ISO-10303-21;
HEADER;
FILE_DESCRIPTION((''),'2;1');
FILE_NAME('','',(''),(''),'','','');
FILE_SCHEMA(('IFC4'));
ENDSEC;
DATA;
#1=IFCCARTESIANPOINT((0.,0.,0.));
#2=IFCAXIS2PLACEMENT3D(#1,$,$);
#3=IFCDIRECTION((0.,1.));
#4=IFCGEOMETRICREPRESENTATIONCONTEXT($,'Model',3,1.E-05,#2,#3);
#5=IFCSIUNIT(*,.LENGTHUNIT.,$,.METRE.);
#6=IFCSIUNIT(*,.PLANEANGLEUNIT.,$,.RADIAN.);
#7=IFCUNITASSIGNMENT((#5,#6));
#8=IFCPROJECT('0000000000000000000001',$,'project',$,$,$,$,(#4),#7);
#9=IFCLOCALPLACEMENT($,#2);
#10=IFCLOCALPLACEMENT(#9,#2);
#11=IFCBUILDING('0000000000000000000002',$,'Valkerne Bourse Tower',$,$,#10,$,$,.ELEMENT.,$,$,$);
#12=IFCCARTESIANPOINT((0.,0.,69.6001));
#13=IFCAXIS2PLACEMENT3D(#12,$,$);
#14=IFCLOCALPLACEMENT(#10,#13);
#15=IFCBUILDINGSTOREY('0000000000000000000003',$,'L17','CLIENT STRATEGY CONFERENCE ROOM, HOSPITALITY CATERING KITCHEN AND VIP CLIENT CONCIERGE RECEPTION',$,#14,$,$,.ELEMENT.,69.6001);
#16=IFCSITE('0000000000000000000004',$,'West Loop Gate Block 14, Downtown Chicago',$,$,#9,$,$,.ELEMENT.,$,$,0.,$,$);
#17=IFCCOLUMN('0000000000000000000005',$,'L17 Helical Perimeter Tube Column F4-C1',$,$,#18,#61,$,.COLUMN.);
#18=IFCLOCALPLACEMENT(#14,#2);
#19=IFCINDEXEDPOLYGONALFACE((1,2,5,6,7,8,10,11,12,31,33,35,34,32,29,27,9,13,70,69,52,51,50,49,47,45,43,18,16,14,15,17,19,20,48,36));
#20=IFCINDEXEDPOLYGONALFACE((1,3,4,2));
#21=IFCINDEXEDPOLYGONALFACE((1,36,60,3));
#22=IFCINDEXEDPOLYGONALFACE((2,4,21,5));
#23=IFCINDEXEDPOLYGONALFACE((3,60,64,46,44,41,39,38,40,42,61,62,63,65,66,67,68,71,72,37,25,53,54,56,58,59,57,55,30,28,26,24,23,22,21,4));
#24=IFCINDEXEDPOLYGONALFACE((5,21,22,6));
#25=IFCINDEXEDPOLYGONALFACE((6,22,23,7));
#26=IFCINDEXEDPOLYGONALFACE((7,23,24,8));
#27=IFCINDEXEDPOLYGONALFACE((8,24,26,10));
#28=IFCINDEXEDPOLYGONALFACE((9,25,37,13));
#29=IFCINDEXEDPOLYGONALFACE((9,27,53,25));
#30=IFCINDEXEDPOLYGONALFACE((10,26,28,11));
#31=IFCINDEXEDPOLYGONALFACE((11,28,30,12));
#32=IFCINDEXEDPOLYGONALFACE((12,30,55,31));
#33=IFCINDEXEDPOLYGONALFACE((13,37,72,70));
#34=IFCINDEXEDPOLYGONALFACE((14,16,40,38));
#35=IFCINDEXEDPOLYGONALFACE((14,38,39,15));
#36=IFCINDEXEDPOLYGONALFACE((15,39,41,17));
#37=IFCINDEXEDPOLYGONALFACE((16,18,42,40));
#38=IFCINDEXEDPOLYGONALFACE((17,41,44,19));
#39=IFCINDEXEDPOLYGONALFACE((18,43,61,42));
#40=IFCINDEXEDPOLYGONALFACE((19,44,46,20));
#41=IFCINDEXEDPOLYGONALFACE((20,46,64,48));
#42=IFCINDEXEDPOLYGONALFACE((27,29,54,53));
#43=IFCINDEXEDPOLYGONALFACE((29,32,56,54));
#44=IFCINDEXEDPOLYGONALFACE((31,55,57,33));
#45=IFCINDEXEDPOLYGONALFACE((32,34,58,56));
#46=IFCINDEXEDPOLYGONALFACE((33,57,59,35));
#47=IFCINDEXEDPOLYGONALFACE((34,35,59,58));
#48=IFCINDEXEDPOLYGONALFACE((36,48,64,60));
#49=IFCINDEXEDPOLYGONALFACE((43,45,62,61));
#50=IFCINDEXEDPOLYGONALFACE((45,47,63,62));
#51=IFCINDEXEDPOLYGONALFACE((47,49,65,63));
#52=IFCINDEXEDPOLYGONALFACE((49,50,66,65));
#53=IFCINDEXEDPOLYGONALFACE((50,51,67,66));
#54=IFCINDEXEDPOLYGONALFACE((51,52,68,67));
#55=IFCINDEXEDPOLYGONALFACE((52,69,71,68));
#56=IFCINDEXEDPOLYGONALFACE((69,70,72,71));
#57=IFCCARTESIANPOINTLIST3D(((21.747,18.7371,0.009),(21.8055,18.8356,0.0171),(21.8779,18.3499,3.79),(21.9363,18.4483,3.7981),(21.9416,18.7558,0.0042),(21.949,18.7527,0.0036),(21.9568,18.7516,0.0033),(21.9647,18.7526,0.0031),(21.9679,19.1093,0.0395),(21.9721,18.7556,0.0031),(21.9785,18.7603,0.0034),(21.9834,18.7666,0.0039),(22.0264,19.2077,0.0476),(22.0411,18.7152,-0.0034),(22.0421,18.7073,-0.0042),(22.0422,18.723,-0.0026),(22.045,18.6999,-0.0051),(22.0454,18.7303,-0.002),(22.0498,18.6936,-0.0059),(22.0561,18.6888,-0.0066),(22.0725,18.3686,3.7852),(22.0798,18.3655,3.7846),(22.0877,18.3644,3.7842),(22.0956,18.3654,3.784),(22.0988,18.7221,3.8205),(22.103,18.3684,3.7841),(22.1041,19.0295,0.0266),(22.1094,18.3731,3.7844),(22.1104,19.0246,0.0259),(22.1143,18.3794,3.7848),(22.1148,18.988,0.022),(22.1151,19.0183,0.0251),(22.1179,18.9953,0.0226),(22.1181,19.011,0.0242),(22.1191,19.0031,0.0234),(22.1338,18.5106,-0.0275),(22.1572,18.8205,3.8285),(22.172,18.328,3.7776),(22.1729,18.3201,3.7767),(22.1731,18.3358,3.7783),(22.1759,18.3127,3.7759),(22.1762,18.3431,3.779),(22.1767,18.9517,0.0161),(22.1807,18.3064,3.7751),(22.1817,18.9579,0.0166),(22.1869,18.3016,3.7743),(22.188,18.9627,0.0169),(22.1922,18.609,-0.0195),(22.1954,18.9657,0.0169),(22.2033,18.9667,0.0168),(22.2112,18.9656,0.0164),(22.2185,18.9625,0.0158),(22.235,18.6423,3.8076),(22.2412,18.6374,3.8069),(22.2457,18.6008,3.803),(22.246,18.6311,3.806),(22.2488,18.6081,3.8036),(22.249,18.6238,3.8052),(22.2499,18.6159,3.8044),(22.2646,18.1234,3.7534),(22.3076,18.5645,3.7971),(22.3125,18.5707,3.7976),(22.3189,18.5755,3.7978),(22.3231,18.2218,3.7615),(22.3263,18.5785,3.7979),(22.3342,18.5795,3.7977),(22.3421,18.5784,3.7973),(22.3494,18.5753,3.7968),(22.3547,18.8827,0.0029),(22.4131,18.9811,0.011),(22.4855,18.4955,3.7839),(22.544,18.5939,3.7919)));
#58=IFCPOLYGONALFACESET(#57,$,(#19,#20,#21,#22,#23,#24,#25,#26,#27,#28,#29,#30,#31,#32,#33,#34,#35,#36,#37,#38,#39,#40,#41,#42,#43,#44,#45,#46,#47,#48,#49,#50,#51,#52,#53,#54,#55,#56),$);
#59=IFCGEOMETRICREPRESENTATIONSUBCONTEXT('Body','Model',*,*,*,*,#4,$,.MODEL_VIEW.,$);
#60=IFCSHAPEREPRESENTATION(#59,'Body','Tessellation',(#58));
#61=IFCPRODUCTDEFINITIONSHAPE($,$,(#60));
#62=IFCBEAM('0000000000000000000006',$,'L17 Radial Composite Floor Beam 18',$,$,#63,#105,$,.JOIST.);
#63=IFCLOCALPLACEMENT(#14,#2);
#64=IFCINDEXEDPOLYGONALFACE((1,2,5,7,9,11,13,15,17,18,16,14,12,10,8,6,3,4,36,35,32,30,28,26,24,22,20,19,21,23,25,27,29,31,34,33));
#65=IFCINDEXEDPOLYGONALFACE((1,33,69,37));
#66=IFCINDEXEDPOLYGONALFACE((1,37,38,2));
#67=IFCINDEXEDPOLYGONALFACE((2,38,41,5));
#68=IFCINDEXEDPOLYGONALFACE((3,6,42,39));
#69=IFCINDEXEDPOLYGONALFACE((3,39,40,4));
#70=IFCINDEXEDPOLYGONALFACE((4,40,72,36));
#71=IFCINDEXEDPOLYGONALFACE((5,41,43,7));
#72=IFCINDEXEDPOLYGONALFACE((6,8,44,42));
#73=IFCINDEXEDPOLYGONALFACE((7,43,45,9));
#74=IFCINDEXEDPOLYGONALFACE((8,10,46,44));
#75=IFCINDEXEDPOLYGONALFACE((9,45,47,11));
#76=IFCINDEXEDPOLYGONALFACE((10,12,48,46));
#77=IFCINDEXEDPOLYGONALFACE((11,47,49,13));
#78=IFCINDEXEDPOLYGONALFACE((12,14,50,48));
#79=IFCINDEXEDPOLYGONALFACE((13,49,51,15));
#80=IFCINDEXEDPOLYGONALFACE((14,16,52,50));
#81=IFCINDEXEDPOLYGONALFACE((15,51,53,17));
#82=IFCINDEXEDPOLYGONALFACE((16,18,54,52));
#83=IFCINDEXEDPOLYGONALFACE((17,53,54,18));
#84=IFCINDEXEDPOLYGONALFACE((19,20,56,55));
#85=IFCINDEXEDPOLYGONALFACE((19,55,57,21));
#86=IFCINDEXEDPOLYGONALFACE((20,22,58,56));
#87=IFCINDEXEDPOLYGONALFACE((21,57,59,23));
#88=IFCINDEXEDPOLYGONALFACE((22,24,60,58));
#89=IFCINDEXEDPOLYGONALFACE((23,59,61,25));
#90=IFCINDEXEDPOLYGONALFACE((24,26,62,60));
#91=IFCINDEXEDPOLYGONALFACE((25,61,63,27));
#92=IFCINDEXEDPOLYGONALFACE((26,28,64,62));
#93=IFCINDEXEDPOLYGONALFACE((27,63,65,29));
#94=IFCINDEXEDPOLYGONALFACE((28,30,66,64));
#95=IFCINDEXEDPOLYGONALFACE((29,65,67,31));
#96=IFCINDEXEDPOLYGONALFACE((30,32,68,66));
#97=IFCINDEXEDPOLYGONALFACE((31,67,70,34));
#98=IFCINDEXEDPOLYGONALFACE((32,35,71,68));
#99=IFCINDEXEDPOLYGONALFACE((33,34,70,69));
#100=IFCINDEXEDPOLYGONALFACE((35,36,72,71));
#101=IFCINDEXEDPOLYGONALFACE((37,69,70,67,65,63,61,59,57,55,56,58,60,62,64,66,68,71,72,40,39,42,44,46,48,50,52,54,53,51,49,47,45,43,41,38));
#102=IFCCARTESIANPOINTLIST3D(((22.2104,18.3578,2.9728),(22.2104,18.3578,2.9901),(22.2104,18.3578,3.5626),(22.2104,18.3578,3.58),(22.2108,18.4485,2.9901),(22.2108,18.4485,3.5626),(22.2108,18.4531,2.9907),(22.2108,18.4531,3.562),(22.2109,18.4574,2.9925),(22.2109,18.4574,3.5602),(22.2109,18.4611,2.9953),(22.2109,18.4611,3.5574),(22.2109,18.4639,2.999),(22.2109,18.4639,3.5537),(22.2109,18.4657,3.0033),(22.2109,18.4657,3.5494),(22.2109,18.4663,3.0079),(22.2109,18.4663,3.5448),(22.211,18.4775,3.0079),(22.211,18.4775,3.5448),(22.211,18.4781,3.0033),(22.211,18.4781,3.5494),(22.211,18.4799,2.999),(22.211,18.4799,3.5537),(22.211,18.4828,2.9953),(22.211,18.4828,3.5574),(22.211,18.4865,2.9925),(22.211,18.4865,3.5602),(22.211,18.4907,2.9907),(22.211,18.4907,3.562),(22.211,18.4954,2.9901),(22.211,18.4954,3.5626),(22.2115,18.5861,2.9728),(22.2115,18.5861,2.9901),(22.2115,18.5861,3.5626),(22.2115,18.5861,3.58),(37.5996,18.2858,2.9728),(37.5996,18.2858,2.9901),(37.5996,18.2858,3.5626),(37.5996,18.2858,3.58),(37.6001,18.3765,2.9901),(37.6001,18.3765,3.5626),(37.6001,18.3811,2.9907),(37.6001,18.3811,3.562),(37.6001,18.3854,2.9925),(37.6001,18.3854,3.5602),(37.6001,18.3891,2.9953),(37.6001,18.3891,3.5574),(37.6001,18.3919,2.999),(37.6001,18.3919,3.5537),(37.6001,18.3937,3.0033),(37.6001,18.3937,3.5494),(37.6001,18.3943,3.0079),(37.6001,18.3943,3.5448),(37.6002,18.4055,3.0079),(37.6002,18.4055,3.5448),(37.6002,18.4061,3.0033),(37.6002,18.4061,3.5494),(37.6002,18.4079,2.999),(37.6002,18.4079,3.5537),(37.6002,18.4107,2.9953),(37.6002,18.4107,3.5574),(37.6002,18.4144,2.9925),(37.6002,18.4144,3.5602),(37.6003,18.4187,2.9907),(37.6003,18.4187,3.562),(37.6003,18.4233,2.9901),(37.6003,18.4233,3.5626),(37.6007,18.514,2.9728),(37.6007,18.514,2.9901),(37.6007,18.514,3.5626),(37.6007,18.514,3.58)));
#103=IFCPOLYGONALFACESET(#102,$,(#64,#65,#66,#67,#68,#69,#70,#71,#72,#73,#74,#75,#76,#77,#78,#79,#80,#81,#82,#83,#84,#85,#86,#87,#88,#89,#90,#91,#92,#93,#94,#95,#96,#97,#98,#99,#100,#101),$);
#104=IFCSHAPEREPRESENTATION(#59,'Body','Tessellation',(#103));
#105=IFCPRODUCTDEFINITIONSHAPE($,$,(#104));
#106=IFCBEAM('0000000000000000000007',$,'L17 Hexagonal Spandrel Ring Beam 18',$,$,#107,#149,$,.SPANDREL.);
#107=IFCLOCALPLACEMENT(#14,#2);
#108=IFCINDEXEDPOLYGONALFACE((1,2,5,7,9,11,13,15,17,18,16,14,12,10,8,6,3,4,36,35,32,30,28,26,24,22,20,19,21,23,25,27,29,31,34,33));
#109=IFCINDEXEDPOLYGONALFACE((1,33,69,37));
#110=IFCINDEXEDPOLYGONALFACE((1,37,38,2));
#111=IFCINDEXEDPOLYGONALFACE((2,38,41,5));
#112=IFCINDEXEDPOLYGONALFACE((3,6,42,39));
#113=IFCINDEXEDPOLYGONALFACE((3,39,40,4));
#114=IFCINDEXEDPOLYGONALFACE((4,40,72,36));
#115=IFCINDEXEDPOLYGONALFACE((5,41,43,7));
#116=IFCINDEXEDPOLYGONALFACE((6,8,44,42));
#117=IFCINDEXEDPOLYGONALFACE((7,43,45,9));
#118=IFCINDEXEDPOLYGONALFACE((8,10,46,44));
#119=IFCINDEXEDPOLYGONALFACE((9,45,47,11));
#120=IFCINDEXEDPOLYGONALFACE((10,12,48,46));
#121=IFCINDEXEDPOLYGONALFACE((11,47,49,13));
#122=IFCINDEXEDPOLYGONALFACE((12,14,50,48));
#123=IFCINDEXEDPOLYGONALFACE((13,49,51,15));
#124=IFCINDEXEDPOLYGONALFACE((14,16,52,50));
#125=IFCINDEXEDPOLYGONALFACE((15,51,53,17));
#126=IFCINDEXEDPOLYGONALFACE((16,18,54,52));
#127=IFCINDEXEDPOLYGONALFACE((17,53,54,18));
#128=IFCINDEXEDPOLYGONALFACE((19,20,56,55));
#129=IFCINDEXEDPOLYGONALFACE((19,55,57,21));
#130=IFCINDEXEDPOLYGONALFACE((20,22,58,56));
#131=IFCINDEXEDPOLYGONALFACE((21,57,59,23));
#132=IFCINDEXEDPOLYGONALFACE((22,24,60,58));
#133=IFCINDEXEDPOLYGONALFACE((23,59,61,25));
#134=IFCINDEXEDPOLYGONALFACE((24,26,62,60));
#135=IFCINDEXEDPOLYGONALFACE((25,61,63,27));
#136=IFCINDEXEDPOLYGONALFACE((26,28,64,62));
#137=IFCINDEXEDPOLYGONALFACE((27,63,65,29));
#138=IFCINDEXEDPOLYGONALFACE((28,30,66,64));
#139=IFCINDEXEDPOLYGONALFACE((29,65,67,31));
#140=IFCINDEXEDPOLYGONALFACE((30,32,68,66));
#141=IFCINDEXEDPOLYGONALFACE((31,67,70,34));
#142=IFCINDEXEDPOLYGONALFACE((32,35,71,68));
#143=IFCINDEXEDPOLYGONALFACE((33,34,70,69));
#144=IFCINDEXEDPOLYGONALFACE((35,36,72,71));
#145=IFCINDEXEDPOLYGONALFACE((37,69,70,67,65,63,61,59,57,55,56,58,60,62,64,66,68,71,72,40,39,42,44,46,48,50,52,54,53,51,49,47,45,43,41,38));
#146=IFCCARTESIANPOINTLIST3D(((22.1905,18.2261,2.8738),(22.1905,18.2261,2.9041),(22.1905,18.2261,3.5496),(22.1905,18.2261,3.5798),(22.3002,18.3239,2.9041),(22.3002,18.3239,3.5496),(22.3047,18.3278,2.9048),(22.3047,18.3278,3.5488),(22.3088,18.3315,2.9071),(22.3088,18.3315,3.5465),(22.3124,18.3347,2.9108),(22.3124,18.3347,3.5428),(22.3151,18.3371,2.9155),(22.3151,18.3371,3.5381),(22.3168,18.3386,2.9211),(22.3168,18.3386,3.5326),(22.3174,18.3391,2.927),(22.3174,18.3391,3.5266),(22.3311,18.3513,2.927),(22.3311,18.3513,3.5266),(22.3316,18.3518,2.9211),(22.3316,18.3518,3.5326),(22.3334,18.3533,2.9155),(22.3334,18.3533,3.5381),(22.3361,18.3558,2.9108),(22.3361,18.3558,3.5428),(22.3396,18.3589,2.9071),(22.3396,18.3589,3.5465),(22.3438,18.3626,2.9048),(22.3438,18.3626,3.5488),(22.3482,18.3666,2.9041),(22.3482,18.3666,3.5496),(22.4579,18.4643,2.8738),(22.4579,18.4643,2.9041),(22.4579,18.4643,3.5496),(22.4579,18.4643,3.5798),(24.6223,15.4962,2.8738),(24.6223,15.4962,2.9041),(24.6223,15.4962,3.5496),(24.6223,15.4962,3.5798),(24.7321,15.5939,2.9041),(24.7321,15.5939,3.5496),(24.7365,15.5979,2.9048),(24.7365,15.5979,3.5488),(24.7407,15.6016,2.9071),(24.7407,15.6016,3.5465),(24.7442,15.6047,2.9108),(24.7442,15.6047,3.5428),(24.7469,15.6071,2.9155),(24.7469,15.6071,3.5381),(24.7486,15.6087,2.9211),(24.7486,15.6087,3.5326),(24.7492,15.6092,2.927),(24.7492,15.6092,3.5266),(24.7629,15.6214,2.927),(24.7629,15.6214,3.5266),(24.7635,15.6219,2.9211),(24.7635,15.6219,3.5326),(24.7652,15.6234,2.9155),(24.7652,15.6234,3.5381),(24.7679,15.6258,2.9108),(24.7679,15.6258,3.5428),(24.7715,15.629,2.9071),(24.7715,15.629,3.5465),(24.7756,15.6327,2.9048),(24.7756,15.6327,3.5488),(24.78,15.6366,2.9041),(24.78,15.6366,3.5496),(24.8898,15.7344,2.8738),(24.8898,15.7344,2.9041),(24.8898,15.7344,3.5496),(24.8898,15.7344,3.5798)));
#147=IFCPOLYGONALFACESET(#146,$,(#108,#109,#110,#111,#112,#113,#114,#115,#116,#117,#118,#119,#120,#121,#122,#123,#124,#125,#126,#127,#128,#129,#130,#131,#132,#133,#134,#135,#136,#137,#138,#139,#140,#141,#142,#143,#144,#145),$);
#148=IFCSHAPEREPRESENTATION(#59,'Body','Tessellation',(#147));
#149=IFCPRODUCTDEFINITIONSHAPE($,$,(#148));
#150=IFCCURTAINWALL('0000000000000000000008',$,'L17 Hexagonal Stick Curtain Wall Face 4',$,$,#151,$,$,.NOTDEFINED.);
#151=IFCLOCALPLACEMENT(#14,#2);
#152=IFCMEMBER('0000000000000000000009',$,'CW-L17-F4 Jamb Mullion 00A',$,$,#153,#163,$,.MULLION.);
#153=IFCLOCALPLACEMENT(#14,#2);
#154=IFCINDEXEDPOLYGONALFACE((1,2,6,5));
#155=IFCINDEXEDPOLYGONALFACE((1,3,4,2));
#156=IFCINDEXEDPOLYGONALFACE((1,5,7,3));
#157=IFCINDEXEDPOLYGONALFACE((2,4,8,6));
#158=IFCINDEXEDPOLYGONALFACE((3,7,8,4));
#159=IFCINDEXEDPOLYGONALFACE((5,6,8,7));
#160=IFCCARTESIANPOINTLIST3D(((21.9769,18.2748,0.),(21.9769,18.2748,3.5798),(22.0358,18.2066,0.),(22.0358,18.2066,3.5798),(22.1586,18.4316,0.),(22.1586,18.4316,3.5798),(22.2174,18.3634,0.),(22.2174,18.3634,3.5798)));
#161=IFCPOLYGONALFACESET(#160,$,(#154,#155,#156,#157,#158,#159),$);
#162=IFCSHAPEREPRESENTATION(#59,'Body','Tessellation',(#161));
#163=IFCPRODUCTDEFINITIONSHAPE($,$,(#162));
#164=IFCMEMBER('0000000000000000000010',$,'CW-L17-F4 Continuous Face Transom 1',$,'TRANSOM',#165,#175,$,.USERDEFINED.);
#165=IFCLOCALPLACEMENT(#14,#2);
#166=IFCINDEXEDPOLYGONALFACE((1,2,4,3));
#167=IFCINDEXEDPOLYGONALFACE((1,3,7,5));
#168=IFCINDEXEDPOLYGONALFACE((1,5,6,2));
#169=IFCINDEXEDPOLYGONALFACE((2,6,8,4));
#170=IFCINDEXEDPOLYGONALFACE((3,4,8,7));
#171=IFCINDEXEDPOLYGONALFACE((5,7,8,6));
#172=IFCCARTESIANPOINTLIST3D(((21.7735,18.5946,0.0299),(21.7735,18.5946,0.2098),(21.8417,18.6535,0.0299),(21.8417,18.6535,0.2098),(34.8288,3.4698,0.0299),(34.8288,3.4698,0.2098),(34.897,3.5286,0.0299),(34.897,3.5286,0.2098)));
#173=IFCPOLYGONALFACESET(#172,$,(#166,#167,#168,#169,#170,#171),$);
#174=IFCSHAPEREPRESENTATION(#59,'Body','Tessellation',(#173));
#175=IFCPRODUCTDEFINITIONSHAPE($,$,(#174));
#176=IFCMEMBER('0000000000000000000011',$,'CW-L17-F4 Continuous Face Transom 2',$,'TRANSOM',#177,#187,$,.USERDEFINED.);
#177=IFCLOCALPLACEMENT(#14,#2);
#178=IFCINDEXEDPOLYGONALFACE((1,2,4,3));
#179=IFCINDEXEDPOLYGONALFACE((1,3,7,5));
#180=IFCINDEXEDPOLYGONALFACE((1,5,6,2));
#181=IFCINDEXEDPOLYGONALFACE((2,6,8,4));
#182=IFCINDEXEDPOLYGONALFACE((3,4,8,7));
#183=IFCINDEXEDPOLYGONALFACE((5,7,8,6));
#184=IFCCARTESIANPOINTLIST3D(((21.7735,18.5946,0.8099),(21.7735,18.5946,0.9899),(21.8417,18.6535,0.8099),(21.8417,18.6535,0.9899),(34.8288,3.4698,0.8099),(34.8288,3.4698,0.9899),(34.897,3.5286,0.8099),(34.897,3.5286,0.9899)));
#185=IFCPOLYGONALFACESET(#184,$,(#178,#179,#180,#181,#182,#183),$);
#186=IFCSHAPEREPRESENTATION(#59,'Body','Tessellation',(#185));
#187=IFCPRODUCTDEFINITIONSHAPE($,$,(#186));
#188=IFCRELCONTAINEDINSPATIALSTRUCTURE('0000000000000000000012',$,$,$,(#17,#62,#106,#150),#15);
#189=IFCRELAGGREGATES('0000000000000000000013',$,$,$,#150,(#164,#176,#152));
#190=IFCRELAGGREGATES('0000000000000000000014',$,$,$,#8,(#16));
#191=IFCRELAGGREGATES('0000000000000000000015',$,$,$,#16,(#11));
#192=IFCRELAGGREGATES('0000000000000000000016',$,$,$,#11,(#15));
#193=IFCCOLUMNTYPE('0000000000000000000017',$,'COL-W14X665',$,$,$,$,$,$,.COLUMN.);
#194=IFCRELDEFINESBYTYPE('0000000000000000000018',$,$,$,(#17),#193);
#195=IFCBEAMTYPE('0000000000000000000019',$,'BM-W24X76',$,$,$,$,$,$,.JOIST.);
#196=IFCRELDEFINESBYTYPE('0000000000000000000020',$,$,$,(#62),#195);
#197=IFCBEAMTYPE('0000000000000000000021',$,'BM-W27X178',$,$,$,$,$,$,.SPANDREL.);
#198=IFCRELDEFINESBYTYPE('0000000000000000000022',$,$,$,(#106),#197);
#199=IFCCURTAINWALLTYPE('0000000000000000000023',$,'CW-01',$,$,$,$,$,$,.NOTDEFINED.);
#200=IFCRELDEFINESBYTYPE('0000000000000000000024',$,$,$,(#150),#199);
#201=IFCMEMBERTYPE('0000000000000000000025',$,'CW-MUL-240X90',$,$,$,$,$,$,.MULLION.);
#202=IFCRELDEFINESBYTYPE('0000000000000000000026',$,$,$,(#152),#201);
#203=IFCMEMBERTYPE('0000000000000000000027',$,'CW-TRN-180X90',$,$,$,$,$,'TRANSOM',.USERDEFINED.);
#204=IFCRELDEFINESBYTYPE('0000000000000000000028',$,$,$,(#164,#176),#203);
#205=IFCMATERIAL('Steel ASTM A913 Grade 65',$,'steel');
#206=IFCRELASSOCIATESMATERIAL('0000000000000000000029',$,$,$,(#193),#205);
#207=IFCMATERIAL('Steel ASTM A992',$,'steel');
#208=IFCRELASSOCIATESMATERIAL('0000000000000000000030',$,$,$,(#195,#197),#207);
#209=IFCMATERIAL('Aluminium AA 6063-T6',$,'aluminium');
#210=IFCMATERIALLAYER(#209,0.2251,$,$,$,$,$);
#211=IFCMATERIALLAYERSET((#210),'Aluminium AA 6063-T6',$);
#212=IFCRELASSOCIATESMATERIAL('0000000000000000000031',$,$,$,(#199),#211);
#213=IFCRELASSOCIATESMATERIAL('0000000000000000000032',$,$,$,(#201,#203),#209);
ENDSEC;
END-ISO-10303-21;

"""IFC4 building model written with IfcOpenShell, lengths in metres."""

from ifc_helpers import new_model, si_unit, direction, frame, origin, origin_2d, place, context, subcontext, project, spatial, rectangle, i_section, extrude, material, layer, layer_set, material_profile, profile_set, type_object, element, aggregate, save


model = new_model("IFC4")

# Units and contexts
model_context = context("Model", 3, precision=1e-05, world=origin(), true_north=direction((0.0, 1.0)))
body_context = subcontext(model_context, "Body", "Model", "MODEL_VIEW")
ifc_project = project(units=[si_unit("LENGTHUNIT", "METRE"), si_unit("PLANEANGLEUNIT", "RADIAN")], contexts=[model_context])

# Site, building, storey
site_placement = place(None, origin())
site = spatial("IfcSite", under=ifc_project, at=site_placement, Name="West Loop Gate Block 14, Downtown Chicago", CompositionType="ELEMENT", RefElevation=0.0)
building_placement = place(site_placement, origin())
building = spatial("IfcBuilding", under=site, at=building_placement, Name="Valkerne Bourse Tower", CompositionType="ELEMENT")
storey_placement = place(building_placement, frame((0.0, 0.0, 69.6001)))
storey = spatial("IfcBuildingStorey", under=building, at=storey_placement, Name="L17", Description="CLIENT STRATEGY CONFERENCE ROOM, HOSPITALITY CATERING KITCHEN AND VIP CLIENT CONCIERGE RECEPTION", CompositionType="ELEMENT", Elevation=69.6001)

# Column
ifc_material_1 = material(Name="Steel ASTM A913 Grade 65", Category="steel")
ifc_material_profile_1 = material_profile(ifc_material_1, i_section(OverallWidth=0.4497, OverallDepth=0.5486, WebThickness=0.072, FlangeThickness=0.1147, FilletRadius=0.0305, at=origin_2d()), Name="W14X665")
ifc_profile_set_1 = profile_set([ifc_material_profile_1], Name="Steel ASTM A913 Grade 65")
column_type = type_object("IfcColumnType", Name="COL-W14X665", PredefinedType="COLUMN", material=ifc_profile_set_1)
column_placement = place(storey_placement, frame((22.0801, 18.8591, 0.01), z_axis=(0.034409, -0.101815, 0.994208), x_axis=(0.859987, -0.50379, -0.081356)))
element("IfcColumn", 1, at=column_placement, inside=storey, type_object=column_type, Name="L17 Helical Perimeter Tube Column F4-C1", PredefinedType="COLUMN", context=body_context, shape_type="SweptSolid", body=[
    extrude(i_section(OverallWidth=0.4497, OverallDepth=0.5486, WebThickness=0.072, FlangeThickness=0.1147, FilletRadius=0.0305, at=origin_2d()), origin(), (0.0, 0.0, 1.0), 3.803),
])

# Beams
ifc_material_2 = material(Name="Steel ASTM A992", Category="steel")
ifc_material_profile_2 = material_profile(ifc_material_2, i_section(OverallWidth=0.2283, OverallDepth=0.6072, WebThickness=0.0112, FlangeThickness=0.0173, FilletRadius=0.0178, at=origin_2d()), Name="W24X76")
ifc_profile_set_2 = profile_set([ifc_material_profile_2], Name="Steel ASTM A992")
beam_type_1 = type_object("IfcBeamType", Name="BM-W24X76", PredefinedType="JOIST", material=ifc_profile_set_2)
beam_1_placement = place(storey_placement, frame((22.2109, 18.4719, 3.2764), z_axis=(0.999989, -0.00468, 0.0), x_axis=(0.00468, 0.999989, 0.0)))
element("IfcBeam", 2, at=beam_1_placement, inside=storey, type_object=beam_type_1, Name="L17 Radial Composite Floor Beam 18", PredefinedType="JOIST", context=body_context, shape_type="SweptSolid", body=[
    extrude(i_section(OverallWidth=0.2283, OverallDepth=0.6072, WebThickness=0.0112, FlangeThickness=0.0173, FilletRadius=0.0178, at=origin_2d()), origin(), (0.0, 0.0, 1.0), 15.3894),
])
ifc_material_profile_3 = material_profile(ifc_material_2, i_section(OverallWidth=0.3582, OverallDepth=0.7061, WebThickness=0.0183, FlangeThickness=0.0303, FilletRadius=0.0229, at=origin_2d()), Name="W27X178")
ifc_profile_set_3 = profile_set([ifc_material_profile_3], Name="Steel ASTM A992")
beam_type_2 = type_object("IfcBeamType", Name="BM-W27X178", PredefinedType="SPANDREL", material=ifc_profile_set_3)
beam_2_placement = place(storey_placement, frame((22.3242, 18.3452, 3.2268), z_axis=(0.665163, -0.746698, 0.0), x_axis=(0.746698, 0.665163, 0.0)))
element("IfcBeam", 3, at=beam_2_placement, inside=storey, type_object=beam_type_2, Name="L17 Hexagonal Spandrel Ring Beam 18", PredefinedType="SPANDREL", context=body_context, shape_type="SweptSolid", body=[
    extrude(i_section(OverallWidth=0.3582, OverallDepth=0.7061, WebThickness=0.0183, FlangeThickness=0.0303, FilletRadius=0.0229, at=origin_2d()), origin(), (0.0, 0.0, 1.0), 3.656),
])

# Curtain wall, members
ifc_material_3 = material(Name="Aluminium AA 6063-T6", Category="aluminium")
ifc_layer_1 = layer(ifc_material_3, 0.2251)
ifc_layer_set_1 = layer_set([ifc_layer_1], Name="Aluminium AA 6063-T6")
curtain_wall_type = type_object("IfcCurtainWallType", Name="CW-01", PredefinedType="NOTDEFINED", material=ifc_layer_set_1)
curtain_wall_placement = place(storey_placement, origin())
curtain_wall = element("IfcCurtainWall", 4, at=curtain_wall_placement, inside=storey, type_object=curtain_wall_type, Name="L17 Hexagonal Stick Curtain Wall Face 4", PredefinedType="NOTDEFINED")
ifc_material_profile_4 = material_profile(ifc_material_3, rectangle(XDim=0.0901, YDim=0.24, at=origin_2d()), Name="CWM-90X240")
ifc_profile_set_4 = profile_set([ifc_material_profile_4], Name="Aluminium AA 6063-T6")
member_type_1 = type_object("IfcMemberType", Name="CW-MUL-240X90", PredefinedType="MULLION", material=ifc_profile_set_4)
member_1_placement = place(storey_placement, frame((22.0972, 18.3191, 0.0), z_axis=(0.0, 0.0, 1.0), x_axis=(0.653417, -0.756998, 0.0)))
member_1 = element("IfcMember", 5, at=member_1_placement, type_object=member_type_1, Name="CW-L17-F4 Jamb Mullion 00A", PredefinedType="MULLION", context=body_context, shape_type="SweptSolid", body=[
    extrude(rectangle(XDim=0.0901, YDim=0.24, at=origin_2d()), origin(), (0.0, 0.0, 1.0), 3.5798),
])
ifc_material_profile_5 = material_profile(ifc_material_3, rectangle(XDim=0.0901, YDim=0.1799, at=origin_2d()), Name="CWT-90X180")
ifc_profile_set_5 = profile_set([ifc_material_profile_5], Name="Aluminium AA 6063-T6")
member_type_2 = type_object("IfcMemberType", Name="CW-TRN-180X90", ElementType="TRANSOM", PredefinedType="USERDEFINED", material=ifc_profile_set_5)
member_2_placement = place(storey_placement, frame((21.8076, 18.624, 0.1199), z_axis=(0.653416, -0.756999, 0.0), x_axis=(0.756999, 0.653416, 0.0)))
member_2 = element("IfcMember", 6, at=member_2_placement, type_object=member_type_2, Name="CW-L17-F4 Continuous Face Transom 1", ObjectType="TRANSOM", PredefinedType="USERDEFINED", context=body_context, shape_type="SweptSolid", body=[
    extrude(rectangle(XDim=0.0901, YDim=0.1799, at=origin_2d()), origin(), (0.0, 0.0, 1.0), 19.98),
])
member_3_placement = place(storey_placement, frame((21.8076, 18.624, 0.8999), z_axis=(0.653416, -0.756999, 0.0), x_axis=(0.756999, 0.653416, 0.0)))
member_3 = element("IfcMember", 7, at=member_3_placement, type_object=member_type_2, Name="CW-L17-F4 Continuous Face Transom 2", ObjectType="TRANSOM", PredefinedType="USERDEFINED", context=body_context, shape_type="SweptSolid", body=[
    extrude(rectangle(XDim=0.0901, YDim=0.1799, at=origin_2d()), origin(), (0.0, 0.0, 1.0), 19.98),
])

aggregate(curtain_wall, [member_2, member_3, member_1])

save(model, "model.ifc")
